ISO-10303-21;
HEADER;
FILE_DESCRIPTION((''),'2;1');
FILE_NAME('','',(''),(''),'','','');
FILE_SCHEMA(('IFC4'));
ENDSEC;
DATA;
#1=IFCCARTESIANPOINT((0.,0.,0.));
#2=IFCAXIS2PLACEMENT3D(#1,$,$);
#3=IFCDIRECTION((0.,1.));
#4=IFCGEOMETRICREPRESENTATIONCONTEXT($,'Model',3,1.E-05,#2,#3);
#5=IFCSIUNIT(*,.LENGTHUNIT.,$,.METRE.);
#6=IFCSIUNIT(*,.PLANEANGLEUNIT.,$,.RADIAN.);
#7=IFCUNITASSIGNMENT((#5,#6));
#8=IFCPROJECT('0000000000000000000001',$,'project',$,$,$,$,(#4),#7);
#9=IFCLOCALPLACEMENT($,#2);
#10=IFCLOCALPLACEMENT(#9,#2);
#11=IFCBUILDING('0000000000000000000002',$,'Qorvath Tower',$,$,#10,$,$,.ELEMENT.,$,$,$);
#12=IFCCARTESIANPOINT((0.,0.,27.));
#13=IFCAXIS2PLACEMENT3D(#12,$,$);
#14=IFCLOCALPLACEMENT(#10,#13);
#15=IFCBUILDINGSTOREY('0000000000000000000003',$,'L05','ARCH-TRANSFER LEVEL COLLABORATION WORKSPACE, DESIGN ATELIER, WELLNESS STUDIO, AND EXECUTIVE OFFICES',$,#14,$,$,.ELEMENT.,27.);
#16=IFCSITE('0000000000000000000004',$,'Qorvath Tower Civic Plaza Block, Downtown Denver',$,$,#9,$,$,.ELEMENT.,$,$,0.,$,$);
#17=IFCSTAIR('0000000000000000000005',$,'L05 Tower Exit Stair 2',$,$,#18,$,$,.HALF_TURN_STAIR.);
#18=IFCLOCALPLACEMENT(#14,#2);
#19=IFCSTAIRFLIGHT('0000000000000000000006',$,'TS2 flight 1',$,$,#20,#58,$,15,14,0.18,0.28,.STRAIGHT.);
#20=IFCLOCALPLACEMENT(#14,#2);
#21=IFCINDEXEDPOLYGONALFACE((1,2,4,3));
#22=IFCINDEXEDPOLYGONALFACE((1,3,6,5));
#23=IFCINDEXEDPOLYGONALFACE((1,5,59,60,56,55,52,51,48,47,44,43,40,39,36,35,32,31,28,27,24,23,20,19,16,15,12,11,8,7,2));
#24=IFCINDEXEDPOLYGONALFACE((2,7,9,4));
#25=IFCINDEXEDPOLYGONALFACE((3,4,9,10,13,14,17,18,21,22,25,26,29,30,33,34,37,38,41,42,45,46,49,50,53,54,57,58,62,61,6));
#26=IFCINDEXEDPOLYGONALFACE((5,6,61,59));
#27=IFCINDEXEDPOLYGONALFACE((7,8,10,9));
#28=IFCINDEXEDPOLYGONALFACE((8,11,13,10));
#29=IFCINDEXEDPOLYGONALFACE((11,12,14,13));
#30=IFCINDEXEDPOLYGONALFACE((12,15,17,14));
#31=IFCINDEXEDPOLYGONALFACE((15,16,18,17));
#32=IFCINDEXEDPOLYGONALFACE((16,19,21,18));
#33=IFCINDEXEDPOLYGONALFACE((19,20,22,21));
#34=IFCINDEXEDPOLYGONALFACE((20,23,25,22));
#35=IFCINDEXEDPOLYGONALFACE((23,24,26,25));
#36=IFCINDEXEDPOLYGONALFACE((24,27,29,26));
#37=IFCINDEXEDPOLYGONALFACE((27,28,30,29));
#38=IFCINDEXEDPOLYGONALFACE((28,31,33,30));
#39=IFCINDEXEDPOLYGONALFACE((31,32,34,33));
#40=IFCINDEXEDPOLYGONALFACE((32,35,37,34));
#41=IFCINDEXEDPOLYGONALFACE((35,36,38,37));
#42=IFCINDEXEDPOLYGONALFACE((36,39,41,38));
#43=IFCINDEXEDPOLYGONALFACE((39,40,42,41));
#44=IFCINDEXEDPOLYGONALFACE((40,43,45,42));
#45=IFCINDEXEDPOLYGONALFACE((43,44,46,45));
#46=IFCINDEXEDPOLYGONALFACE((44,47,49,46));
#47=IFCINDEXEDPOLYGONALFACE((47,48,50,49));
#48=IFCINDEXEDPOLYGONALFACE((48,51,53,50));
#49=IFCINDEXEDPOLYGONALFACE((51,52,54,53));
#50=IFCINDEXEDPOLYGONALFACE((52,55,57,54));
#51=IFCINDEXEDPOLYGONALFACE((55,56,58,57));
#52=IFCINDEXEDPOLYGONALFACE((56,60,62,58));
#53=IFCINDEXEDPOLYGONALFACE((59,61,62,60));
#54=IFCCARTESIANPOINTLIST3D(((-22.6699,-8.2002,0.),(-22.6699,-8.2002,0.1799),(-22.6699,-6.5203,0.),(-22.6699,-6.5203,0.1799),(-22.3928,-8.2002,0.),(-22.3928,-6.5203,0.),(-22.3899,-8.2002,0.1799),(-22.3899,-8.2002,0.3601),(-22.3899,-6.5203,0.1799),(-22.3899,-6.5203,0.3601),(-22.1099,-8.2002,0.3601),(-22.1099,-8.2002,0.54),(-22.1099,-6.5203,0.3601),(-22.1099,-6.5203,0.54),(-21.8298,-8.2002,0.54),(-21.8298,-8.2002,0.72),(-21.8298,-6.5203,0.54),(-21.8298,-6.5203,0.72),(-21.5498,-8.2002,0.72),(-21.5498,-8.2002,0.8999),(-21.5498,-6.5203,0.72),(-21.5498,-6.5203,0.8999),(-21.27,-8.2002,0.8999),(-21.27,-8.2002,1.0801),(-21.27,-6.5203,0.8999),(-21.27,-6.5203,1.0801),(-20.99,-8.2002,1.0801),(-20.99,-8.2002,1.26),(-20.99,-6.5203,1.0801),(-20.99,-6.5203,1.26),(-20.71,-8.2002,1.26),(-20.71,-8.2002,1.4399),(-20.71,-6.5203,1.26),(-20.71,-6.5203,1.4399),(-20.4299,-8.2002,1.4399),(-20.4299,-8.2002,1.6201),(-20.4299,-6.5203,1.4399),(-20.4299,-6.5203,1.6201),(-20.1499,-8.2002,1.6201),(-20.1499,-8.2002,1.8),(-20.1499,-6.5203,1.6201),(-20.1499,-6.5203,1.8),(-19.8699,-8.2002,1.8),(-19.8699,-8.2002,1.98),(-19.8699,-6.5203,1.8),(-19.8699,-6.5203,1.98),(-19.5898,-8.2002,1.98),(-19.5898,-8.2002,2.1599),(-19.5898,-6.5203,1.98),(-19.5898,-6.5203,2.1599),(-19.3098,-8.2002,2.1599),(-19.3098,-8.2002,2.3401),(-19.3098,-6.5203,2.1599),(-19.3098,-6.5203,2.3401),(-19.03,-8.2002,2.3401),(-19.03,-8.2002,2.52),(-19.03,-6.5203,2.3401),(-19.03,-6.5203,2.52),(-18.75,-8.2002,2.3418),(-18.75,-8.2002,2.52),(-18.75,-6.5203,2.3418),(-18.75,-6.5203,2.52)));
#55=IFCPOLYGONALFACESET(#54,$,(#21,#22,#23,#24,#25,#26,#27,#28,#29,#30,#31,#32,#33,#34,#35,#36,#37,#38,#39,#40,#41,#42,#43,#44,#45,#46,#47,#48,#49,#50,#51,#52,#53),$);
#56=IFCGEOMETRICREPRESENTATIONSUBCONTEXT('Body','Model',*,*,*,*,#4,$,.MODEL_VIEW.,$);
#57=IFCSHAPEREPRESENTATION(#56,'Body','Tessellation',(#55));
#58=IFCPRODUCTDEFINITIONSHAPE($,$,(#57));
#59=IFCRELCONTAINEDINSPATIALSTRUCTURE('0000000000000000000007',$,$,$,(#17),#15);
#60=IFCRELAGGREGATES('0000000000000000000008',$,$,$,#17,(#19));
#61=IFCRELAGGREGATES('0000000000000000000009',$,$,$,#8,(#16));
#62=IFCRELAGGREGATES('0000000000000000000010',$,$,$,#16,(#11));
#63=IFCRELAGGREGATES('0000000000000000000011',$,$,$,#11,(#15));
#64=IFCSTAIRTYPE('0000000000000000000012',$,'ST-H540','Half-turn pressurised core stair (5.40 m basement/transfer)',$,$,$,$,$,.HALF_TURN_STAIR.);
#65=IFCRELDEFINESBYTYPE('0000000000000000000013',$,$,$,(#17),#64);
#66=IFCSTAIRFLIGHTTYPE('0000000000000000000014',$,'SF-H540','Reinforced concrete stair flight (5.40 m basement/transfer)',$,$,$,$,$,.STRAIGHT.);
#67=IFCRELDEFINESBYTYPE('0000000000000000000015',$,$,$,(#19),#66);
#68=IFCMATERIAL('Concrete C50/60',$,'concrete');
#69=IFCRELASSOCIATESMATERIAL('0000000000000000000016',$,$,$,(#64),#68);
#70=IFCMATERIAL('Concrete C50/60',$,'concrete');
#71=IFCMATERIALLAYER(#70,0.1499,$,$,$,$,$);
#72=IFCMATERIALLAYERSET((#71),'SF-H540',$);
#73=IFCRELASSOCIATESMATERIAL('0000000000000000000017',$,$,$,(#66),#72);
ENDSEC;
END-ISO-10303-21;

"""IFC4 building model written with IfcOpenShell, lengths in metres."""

from ifc_helpers import new_model, si_unit, direction, frame, origin, place, context, subcontext, project, spatial, polyline, outline, extrude, material, layer, layer_set, type_object, element, aggregate, save


model = new_model("IFC4")

# Units and contexts
model_context = context("Model", 3, precision=1e-05, world=origin(), true_north=direction((0.0, 1.0)))
body_context = subcontext(model_context, "Body", "Model", "MODEL_VIEW")
ifc_project = project(units=[si_unit("LENGTHUNIT", "METRE"), si_unit("PLANEANGLEUNIT", "RADIAN")], contexts=[model_context])

# Site, building, storey
site_placement = place(None, origin())
site = spatial("IfcSite", under=ifc_project, at=site_placement, Name="Qorvath Tower Civic Plaza Block, Downtown Denver", CompositionType="ELEMENT", RefElevation=0.0)
building_placement = place(site_placement, origin())
building = spatial("IfcBuilding", under=site, at=building_placement, Name="Qorvath Tower", CompositionType="ELEMENT")
storey_placement = place(building_placement, frame((0.0, 0.0, 27.0)))
storey = spatial("IfcBuildingStorey", under=building, at=storey_placement, Name="L05", Description="ARCH-TRANSFER LEVEL COLLABORATION WORKSPACE, DESIGN ATELIER, WELLNESS STUDIO, AND EXECUTIVE OFFICES", CompositionType="ELEMENT", Elevation=27.0)

# Stair, stair flight
ifc_material_1 = material(Name="Concrete C50/60", Category="concrete")
stair_type = type_object("IfcStairType", Name="ST-H540", Description="Half-turn pressurised core stair (5.40 m basement/transfer)", PredefinedType="HALF_TURN_STAIR", material=ifc_material_1)
stair_placement = place(storey_placement, origin())
stair = element("IfcStair", 1, at=stair_placement, inside=storey, type_object=stair_type, Name="L05 Tower Exit Stair 2", PredefinedType="HALF_TURN_STAIR")
ifc_material_2 = material(Name="Concrete C50/60", Category="concrete")
ifc_layer_1 = layer(ifc_material_2, 0.1499)
ifc_layer_set_1 = layer_set([ifc_layer_1], Name="SF-H540")
stair_flight_type = type_object("IfcStairFlightType", Name="SF-H540", Description="Reinforced concrete stair flight (5.40 m basement/transfer)", PredefinedType="STRAIGHT", material=ifc_layer_set_1)
stair_flight_placement = place(storey_placement, frame((-22.6699, -7.3601, 0.0), z_axis=(0.0, 0.0, 1.0), x_axis=(1.0, 0.0, 0.0)))
stair_flight = element("IfcStairFlight", 2, at=stair_flight_placement, type_object=stair_flight_type, Name="TS2 flight 1", NumberOfRisers=15, NumberOfTreads=14, PredefinedType="STRAIGHT", RiserHeight=0.18, TreadLength=0.28, context=body_context, shape_type="SweptSolid", body=[
    extrude(outline(polyline([(0.0, 0.0), (0.0, 0.1799), (0.28, 0.1799), (0.28, 0.3601), (0.5601, 0.3601), (0.5601, 0.54), (0.8401, 0.54), (0.8401, 0.72), (1.1201, 0.72), (1.1201, 0.8999), (1.3999, 0.8999), (1.3999, 1.0801), (1.6799, 1.0801), (1.6799, 1.26), (1.96, 1.26), (1.96, 1.4399), (2.24, 1.4399), (2.24, 1.6201), (2.52, 1.6201), (2.52, 1.8), (2.8, 1.8), (2.8, 1.98), (3.0801, 1.98), (3.0801, 2.1599), (3.3601, 2.1599), (3.3601, 2.3401), (3.6399, 2.3401), (3.6399, 2.52), (3.9199, 2.52), (3.9199, 2.7), (3.9199, 2.3418), (0.2771, 0.0), (0.0, 0.0)])), frame((0.0, 0.8398, 0.0), z_axis=(0.0, -1.0, 0.0), x_axis=(1.0, 0.0, 0.0)), (0.0, 0.0, 1.0), 1.6799),
])
aggregate(stair, [stair_flight])

save(model, "model.ifc")
